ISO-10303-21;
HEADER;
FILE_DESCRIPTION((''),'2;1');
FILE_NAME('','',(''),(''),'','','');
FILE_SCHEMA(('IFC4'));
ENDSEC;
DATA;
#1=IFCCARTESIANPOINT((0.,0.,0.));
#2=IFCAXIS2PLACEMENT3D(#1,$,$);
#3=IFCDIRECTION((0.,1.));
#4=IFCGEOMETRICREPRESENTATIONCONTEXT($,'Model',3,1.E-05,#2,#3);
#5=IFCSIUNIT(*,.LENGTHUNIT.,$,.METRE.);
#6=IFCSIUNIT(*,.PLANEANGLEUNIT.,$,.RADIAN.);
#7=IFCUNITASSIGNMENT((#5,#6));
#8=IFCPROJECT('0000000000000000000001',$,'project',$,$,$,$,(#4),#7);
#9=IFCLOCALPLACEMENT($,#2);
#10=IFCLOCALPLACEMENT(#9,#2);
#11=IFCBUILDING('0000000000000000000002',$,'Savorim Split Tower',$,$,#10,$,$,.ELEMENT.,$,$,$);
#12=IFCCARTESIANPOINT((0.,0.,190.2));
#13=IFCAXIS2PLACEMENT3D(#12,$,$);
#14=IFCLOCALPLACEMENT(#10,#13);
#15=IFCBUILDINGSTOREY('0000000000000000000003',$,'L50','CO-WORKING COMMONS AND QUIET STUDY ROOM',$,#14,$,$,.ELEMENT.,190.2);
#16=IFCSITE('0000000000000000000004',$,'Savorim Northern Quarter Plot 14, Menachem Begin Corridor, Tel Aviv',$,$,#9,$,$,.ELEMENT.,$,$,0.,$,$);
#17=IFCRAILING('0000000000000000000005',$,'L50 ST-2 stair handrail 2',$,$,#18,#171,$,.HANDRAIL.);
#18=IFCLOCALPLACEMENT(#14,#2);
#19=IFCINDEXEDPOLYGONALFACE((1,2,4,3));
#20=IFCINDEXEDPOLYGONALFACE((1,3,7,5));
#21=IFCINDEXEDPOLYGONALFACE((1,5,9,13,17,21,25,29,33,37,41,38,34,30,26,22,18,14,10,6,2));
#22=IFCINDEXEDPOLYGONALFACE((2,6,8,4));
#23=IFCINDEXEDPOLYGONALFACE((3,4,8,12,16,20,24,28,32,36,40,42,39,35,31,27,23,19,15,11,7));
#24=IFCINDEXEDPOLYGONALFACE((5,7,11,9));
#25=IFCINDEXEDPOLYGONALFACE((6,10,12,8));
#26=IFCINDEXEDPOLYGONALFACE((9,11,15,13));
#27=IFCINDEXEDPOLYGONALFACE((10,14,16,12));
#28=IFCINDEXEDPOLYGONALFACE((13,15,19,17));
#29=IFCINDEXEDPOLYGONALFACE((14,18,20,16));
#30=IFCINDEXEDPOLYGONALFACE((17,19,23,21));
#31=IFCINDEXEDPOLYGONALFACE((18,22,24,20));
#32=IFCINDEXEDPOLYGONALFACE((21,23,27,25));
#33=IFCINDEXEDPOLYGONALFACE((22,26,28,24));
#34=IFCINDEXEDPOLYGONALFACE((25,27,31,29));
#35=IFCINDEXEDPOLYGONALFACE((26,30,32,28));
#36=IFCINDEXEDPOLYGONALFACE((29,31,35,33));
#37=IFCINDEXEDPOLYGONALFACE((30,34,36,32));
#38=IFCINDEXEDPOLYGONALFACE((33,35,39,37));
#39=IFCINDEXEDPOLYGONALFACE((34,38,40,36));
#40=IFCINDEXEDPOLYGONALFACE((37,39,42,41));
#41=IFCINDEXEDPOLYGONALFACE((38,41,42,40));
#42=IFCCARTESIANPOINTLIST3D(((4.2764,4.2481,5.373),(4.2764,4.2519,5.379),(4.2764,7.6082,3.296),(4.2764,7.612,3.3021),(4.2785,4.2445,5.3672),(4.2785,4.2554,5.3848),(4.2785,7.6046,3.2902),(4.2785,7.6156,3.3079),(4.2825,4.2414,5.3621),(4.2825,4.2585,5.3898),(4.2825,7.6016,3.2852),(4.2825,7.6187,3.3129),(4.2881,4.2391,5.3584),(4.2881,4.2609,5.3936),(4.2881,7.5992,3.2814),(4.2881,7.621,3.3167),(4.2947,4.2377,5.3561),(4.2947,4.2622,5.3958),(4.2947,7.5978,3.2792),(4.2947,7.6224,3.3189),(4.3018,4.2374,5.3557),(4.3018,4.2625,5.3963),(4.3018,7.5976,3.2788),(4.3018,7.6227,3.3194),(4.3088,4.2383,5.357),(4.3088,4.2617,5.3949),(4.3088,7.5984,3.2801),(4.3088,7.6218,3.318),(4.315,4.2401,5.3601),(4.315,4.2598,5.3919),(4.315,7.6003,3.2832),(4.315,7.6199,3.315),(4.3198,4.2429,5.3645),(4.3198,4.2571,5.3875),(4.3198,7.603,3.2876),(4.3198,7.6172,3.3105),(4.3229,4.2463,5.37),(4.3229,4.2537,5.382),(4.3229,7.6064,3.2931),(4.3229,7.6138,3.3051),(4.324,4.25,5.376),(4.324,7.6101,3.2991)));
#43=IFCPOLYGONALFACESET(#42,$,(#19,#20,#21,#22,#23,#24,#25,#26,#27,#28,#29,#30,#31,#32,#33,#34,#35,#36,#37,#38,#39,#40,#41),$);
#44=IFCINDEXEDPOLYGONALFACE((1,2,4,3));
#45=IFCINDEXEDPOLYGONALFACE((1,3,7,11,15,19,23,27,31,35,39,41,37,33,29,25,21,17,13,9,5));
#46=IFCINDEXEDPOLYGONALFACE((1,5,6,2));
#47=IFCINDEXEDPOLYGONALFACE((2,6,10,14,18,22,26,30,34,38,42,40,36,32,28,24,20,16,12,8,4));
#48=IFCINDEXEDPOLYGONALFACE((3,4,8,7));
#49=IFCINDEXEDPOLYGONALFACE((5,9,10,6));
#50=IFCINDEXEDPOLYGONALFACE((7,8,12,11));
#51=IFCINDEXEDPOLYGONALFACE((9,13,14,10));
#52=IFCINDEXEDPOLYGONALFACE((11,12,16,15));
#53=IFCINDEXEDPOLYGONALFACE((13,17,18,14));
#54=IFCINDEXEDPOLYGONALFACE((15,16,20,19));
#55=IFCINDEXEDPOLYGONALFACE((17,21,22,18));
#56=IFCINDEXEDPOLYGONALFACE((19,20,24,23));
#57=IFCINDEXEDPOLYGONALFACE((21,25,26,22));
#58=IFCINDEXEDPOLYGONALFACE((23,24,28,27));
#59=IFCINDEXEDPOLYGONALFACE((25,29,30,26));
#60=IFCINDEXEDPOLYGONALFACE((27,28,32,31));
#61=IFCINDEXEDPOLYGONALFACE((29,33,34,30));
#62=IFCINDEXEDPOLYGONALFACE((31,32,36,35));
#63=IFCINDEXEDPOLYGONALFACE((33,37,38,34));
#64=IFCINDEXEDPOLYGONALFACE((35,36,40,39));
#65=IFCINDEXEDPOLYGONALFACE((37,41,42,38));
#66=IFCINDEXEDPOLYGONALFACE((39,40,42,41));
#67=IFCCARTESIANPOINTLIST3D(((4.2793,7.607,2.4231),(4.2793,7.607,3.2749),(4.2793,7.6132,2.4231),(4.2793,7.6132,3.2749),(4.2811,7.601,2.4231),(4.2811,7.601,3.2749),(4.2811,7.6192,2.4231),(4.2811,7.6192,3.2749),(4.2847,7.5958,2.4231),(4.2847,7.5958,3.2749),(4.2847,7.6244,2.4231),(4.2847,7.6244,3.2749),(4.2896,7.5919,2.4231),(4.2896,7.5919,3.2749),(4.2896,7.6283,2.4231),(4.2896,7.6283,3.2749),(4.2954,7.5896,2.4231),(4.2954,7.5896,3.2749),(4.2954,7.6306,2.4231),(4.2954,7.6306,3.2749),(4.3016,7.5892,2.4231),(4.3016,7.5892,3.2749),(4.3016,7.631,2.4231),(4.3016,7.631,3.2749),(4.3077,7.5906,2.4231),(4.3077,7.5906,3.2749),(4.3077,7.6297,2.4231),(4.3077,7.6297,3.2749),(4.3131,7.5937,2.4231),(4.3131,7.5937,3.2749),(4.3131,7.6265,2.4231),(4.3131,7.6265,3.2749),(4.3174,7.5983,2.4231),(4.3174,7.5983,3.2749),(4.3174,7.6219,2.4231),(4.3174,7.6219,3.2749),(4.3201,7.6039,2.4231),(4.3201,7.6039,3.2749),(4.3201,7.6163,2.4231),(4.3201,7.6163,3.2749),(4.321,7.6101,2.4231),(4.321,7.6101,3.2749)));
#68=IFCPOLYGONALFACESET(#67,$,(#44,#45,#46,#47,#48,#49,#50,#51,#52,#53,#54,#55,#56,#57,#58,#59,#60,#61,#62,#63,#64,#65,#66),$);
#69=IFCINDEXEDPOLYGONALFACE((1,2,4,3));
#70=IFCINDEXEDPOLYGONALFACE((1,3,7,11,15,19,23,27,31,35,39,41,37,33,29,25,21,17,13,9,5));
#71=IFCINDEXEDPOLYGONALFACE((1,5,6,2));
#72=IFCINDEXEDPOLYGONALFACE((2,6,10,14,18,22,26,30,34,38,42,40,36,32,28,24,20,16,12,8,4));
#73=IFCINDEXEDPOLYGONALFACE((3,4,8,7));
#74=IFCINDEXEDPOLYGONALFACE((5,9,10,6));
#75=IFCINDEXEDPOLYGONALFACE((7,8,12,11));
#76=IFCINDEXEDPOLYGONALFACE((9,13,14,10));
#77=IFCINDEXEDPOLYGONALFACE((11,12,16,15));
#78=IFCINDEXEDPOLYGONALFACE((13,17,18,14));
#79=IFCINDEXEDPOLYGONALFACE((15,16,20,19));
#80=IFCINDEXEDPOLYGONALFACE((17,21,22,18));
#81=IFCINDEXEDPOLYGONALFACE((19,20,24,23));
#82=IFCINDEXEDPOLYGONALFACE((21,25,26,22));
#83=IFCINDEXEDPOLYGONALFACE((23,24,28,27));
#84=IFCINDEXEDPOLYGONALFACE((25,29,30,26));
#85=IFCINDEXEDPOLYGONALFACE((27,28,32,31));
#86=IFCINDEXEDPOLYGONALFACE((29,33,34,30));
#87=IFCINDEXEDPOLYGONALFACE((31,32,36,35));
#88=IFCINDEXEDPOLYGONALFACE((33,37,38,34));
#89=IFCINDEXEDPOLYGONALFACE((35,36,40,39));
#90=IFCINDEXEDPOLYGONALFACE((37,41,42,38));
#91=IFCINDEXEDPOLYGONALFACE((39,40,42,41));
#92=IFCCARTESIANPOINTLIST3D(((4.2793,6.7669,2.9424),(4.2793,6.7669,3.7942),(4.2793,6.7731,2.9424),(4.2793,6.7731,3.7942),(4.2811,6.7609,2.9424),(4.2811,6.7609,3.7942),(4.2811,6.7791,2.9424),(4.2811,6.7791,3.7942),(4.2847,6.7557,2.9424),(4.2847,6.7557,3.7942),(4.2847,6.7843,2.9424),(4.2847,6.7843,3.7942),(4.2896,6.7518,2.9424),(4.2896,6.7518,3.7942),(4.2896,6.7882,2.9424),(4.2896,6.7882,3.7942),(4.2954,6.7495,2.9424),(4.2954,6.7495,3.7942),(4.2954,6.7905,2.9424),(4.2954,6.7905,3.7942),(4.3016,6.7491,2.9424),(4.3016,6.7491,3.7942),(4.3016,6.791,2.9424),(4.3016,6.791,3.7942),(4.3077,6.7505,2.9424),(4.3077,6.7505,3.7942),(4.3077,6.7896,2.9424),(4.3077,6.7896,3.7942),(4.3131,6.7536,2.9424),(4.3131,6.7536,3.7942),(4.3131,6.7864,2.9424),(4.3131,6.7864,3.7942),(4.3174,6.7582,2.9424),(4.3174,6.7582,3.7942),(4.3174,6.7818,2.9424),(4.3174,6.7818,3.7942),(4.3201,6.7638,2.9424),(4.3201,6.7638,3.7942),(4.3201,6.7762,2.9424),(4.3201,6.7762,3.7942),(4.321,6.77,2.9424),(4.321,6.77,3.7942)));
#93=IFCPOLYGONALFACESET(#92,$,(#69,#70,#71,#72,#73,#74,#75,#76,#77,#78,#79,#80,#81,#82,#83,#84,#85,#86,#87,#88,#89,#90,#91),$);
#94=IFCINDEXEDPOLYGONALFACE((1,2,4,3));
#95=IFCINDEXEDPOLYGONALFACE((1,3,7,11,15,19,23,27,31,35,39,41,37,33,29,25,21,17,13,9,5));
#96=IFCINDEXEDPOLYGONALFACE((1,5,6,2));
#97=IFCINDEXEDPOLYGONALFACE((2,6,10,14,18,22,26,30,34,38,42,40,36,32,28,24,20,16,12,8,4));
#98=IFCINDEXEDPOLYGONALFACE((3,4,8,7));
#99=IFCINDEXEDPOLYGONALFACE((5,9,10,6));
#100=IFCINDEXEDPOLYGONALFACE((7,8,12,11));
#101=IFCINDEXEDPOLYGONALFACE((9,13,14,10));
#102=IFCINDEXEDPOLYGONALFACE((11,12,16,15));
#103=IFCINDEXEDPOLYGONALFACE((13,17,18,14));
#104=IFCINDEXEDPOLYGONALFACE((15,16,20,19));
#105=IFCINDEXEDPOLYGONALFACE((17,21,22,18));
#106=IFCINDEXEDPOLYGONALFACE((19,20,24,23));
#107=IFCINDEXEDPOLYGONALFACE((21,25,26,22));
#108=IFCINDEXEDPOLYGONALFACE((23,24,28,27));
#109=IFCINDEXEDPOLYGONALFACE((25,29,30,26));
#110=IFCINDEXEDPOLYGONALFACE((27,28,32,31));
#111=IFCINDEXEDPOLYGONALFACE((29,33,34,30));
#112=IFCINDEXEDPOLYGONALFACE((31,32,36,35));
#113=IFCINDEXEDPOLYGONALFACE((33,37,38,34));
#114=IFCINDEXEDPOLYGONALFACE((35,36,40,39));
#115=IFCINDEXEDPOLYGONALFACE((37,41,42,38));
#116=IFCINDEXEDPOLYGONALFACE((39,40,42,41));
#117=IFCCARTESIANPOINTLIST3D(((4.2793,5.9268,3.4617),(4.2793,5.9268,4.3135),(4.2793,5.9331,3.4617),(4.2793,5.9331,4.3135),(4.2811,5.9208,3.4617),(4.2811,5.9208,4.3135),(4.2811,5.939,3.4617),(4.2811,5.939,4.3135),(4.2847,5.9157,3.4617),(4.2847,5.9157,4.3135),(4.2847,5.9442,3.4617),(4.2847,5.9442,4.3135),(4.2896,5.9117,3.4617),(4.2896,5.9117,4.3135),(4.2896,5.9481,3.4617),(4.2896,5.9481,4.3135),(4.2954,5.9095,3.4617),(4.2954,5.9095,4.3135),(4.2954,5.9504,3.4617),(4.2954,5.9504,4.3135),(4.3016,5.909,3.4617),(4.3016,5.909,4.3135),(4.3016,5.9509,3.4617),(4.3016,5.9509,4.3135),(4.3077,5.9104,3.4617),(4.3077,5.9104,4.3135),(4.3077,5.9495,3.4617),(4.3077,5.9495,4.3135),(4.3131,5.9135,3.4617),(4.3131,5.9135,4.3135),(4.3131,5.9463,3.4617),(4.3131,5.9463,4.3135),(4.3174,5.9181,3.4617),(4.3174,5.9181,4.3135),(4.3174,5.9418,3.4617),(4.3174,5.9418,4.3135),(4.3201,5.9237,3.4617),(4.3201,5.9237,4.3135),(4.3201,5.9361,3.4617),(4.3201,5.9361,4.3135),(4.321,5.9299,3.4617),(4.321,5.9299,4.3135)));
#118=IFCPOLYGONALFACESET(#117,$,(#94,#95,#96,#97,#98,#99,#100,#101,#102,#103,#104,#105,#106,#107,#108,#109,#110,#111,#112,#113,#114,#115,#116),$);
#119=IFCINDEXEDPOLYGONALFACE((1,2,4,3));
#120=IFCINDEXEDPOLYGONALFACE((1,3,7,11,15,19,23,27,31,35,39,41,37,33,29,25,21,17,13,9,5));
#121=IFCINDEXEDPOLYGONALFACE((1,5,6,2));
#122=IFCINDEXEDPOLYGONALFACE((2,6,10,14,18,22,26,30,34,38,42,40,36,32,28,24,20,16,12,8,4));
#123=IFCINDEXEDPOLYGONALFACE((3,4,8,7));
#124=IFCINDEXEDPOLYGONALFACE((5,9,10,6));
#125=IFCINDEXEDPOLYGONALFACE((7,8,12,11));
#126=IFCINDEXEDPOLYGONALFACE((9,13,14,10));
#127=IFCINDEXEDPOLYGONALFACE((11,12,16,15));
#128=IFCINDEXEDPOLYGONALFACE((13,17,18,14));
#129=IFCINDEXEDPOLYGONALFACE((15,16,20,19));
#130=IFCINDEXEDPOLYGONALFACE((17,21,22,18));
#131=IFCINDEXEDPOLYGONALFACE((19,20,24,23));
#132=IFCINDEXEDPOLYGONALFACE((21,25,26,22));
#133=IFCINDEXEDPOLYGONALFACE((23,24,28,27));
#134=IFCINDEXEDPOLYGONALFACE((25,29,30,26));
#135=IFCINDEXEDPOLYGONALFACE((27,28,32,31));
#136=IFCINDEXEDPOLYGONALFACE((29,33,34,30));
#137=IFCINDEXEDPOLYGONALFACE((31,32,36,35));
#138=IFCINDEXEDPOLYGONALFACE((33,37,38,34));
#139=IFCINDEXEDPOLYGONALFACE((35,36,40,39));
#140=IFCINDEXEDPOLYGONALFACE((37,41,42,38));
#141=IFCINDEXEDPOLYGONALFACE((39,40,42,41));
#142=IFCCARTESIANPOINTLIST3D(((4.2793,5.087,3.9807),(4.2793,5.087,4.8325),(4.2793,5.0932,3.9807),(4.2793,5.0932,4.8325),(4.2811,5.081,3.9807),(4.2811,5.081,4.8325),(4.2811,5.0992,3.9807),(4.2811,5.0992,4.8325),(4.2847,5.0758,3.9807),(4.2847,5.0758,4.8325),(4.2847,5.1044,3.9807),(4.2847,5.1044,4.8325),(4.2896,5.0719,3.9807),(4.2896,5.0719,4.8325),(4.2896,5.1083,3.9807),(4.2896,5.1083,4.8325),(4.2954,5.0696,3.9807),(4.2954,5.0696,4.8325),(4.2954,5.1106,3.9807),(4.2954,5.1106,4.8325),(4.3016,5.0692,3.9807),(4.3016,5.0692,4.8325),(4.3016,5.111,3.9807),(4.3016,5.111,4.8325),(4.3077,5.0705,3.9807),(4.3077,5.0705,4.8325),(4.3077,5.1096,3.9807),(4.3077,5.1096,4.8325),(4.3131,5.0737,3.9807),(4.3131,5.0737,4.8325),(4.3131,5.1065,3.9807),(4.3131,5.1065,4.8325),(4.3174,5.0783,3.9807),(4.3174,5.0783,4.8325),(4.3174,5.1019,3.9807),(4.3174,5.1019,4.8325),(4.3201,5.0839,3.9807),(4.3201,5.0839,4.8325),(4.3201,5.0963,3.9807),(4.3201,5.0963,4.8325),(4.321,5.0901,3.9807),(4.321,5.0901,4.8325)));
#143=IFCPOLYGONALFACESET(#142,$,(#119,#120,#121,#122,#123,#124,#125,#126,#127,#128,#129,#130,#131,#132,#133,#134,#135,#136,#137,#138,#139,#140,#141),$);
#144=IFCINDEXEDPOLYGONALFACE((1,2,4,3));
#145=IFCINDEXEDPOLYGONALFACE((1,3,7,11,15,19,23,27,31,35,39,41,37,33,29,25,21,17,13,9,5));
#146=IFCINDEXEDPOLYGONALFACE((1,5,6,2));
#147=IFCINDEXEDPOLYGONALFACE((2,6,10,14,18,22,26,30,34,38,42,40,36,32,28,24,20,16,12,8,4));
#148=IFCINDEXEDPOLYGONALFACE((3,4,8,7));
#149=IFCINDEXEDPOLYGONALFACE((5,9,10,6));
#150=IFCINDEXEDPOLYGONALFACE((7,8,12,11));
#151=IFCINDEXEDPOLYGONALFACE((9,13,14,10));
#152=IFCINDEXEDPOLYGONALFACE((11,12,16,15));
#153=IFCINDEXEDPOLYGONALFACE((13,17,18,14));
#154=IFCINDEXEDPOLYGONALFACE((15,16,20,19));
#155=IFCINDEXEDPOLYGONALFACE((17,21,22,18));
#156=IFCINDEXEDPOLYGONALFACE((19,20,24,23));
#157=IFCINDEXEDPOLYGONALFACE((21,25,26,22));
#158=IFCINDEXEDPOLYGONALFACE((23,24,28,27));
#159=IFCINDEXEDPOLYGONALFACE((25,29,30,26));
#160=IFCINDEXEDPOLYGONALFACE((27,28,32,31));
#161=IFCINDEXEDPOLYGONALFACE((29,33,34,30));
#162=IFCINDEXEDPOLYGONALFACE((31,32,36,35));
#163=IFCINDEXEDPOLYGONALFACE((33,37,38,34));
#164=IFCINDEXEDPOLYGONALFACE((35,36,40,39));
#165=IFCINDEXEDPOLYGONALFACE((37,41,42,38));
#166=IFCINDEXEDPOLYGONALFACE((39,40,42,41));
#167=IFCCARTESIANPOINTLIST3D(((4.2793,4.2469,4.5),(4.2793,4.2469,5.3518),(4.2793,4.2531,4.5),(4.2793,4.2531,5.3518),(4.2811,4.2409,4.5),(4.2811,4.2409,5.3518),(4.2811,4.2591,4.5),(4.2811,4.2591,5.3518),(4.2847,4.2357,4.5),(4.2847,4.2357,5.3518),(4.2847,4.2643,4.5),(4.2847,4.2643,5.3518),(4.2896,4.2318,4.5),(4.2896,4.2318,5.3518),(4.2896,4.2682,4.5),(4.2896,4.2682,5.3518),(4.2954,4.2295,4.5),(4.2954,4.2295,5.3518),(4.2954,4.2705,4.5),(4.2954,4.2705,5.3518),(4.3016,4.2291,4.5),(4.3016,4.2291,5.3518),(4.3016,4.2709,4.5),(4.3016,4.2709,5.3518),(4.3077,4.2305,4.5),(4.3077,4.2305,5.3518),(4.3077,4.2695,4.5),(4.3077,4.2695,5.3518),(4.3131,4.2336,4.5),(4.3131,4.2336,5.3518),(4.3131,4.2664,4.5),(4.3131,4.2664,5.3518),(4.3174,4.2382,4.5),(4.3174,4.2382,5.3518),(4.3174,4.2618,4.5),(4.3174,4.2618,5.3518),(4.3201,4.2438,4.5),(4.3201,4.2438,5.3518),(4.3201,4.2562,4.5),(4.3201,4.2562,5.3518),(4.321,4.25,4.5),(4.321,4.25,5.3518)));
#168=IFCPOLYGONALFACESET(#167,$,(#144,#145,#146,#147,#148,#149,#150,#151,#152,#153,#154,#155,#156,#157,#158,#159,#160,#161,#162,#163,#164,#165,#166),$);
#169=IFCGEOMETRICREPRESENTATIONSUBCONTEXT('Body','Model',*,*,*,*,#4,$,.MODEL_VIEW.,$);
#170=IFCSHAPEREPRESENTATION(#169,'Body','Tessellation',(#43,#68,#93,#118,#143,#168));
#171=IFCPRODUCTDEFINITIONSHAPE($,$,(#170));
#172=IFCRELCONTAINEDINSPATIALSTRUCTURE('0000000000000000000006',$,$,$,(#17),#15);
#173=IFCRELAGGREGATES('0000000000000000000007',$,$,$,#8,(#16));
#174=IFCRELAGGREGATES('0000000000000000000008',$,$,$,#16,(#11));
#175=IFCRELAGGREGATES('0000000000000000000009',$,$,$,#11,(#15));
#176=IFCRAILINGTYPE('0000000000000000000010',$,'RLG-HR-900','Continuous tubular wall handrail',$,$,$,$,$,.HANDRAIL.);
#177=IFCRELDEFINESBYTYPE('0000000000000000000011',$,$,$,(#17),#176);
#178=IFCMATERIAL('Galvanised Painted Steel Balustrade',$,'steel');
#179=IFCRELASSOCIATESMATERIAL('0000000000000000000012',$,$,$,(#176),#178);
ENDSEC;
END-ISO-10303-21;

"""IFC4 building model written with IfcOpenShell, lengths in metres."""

from ifc_helpers import new_model, si_unit, direction, frame, origin, origin_2d, place, context, subcontext, project, spatial, circle, extrude, material, type_object, element, save


model = new_model("IFC4")

# Units and contexts
model_context = context("Model", 3, precision=1e-05, world=origin(), true_north=direction((0.0, 1.0)))
body_context = subcontext(model_context, "Body", "Model", "MODEL_VIEW")
ifc_project = project(units=[si_unit("LENGTHUNIT", "METRE"), si_unit("PLANEANGLEUNIT", "RADIAN")], contexts=[model_context])

# Site, building, storey
site_placement = place(None, origin())
site = spatial("IfcSite", under=ifc_project, at=site_placement, Name="Savorim Northern Quarter Plot 14, Menachem Begin Corridor, Tel Aviv", CompositionType="ELEMENT", RefElevation=0.0)
building_placement = place(site_placement, origin())
building = spatial("IfcBuilding", under=site, at=building_placement, Name="Savorim Split Tower", CompositionType="ELEMENT")
storey_placement = place(building_placement, frame((0.0, 0.0, 190.2)))
storey = spatial("IfcBuildingStorey", under=building, at=storey_placement, Name="L50", Description="CO-WORKING COMMONS AND QUIET STUDY ROOM", CompositionType="ELEMENT", Elevation=190.2)

# Railing
ifc_material_1 = material(Name="Galvanised Painted Steel Balustrade", Category="steel")
railing_type_1 = type_object("IfcRailingType", Name="RLG-HR-900", Description="Continuous tubular wall handrail", PredefinedType="HANDRAIL", material=ifc_material_1)
railing_1_placement = place(storey_placement, frame((4.3, 7.6101, 2.4231)))
element("IfcRailing", 1, at=railing_1_placement, inside=storey, type_object=railing_type_1, Name="L50 ST-2 stair handrail 2", PredefinedType="HANDRAIL", context=body_context, shape_type="SweptSolid", body=[
    extrude(circle(Radius=0.0239, at=origin_2d()), frame((0.0, 0.0, 0.876), z_axis=(0.0, -0.850623, 0.525776), x_axis=(1.0, 0.0, 0.0)), (0.0, 0.0, 1.0), 3.9502),
    extrude(circle(Radius=0.021, at=origin_2d()), origin(), (0.0, 0.0, 1.0), 0.8518),
    extrude(circle(Radius=0.021, at=origin_2d()), frame((0.0, -0.8401, 0.5193)), (0.0, 0.0, 1.0), 0.8518),
    extrude(circle(Radius=0.021, at=origin_2d()), frame((0.0, -1.6802, 1.0386)), (0.0, 0.0, 1.0), 0.8518),
    extrude(circle(Radius=0.021, at=origin_2d()), frame((0.0, -2.52, 1.5576)), (0.0, 0.0, 1.0), 0.8518),
    extrude(circle(Radius=0.021, at=origin_2d()), frame((0.0, -3.3601, 2.0769)), (0.0, 0.0, 1.0), 0.8518),
])

save(model, "model.ifc")
